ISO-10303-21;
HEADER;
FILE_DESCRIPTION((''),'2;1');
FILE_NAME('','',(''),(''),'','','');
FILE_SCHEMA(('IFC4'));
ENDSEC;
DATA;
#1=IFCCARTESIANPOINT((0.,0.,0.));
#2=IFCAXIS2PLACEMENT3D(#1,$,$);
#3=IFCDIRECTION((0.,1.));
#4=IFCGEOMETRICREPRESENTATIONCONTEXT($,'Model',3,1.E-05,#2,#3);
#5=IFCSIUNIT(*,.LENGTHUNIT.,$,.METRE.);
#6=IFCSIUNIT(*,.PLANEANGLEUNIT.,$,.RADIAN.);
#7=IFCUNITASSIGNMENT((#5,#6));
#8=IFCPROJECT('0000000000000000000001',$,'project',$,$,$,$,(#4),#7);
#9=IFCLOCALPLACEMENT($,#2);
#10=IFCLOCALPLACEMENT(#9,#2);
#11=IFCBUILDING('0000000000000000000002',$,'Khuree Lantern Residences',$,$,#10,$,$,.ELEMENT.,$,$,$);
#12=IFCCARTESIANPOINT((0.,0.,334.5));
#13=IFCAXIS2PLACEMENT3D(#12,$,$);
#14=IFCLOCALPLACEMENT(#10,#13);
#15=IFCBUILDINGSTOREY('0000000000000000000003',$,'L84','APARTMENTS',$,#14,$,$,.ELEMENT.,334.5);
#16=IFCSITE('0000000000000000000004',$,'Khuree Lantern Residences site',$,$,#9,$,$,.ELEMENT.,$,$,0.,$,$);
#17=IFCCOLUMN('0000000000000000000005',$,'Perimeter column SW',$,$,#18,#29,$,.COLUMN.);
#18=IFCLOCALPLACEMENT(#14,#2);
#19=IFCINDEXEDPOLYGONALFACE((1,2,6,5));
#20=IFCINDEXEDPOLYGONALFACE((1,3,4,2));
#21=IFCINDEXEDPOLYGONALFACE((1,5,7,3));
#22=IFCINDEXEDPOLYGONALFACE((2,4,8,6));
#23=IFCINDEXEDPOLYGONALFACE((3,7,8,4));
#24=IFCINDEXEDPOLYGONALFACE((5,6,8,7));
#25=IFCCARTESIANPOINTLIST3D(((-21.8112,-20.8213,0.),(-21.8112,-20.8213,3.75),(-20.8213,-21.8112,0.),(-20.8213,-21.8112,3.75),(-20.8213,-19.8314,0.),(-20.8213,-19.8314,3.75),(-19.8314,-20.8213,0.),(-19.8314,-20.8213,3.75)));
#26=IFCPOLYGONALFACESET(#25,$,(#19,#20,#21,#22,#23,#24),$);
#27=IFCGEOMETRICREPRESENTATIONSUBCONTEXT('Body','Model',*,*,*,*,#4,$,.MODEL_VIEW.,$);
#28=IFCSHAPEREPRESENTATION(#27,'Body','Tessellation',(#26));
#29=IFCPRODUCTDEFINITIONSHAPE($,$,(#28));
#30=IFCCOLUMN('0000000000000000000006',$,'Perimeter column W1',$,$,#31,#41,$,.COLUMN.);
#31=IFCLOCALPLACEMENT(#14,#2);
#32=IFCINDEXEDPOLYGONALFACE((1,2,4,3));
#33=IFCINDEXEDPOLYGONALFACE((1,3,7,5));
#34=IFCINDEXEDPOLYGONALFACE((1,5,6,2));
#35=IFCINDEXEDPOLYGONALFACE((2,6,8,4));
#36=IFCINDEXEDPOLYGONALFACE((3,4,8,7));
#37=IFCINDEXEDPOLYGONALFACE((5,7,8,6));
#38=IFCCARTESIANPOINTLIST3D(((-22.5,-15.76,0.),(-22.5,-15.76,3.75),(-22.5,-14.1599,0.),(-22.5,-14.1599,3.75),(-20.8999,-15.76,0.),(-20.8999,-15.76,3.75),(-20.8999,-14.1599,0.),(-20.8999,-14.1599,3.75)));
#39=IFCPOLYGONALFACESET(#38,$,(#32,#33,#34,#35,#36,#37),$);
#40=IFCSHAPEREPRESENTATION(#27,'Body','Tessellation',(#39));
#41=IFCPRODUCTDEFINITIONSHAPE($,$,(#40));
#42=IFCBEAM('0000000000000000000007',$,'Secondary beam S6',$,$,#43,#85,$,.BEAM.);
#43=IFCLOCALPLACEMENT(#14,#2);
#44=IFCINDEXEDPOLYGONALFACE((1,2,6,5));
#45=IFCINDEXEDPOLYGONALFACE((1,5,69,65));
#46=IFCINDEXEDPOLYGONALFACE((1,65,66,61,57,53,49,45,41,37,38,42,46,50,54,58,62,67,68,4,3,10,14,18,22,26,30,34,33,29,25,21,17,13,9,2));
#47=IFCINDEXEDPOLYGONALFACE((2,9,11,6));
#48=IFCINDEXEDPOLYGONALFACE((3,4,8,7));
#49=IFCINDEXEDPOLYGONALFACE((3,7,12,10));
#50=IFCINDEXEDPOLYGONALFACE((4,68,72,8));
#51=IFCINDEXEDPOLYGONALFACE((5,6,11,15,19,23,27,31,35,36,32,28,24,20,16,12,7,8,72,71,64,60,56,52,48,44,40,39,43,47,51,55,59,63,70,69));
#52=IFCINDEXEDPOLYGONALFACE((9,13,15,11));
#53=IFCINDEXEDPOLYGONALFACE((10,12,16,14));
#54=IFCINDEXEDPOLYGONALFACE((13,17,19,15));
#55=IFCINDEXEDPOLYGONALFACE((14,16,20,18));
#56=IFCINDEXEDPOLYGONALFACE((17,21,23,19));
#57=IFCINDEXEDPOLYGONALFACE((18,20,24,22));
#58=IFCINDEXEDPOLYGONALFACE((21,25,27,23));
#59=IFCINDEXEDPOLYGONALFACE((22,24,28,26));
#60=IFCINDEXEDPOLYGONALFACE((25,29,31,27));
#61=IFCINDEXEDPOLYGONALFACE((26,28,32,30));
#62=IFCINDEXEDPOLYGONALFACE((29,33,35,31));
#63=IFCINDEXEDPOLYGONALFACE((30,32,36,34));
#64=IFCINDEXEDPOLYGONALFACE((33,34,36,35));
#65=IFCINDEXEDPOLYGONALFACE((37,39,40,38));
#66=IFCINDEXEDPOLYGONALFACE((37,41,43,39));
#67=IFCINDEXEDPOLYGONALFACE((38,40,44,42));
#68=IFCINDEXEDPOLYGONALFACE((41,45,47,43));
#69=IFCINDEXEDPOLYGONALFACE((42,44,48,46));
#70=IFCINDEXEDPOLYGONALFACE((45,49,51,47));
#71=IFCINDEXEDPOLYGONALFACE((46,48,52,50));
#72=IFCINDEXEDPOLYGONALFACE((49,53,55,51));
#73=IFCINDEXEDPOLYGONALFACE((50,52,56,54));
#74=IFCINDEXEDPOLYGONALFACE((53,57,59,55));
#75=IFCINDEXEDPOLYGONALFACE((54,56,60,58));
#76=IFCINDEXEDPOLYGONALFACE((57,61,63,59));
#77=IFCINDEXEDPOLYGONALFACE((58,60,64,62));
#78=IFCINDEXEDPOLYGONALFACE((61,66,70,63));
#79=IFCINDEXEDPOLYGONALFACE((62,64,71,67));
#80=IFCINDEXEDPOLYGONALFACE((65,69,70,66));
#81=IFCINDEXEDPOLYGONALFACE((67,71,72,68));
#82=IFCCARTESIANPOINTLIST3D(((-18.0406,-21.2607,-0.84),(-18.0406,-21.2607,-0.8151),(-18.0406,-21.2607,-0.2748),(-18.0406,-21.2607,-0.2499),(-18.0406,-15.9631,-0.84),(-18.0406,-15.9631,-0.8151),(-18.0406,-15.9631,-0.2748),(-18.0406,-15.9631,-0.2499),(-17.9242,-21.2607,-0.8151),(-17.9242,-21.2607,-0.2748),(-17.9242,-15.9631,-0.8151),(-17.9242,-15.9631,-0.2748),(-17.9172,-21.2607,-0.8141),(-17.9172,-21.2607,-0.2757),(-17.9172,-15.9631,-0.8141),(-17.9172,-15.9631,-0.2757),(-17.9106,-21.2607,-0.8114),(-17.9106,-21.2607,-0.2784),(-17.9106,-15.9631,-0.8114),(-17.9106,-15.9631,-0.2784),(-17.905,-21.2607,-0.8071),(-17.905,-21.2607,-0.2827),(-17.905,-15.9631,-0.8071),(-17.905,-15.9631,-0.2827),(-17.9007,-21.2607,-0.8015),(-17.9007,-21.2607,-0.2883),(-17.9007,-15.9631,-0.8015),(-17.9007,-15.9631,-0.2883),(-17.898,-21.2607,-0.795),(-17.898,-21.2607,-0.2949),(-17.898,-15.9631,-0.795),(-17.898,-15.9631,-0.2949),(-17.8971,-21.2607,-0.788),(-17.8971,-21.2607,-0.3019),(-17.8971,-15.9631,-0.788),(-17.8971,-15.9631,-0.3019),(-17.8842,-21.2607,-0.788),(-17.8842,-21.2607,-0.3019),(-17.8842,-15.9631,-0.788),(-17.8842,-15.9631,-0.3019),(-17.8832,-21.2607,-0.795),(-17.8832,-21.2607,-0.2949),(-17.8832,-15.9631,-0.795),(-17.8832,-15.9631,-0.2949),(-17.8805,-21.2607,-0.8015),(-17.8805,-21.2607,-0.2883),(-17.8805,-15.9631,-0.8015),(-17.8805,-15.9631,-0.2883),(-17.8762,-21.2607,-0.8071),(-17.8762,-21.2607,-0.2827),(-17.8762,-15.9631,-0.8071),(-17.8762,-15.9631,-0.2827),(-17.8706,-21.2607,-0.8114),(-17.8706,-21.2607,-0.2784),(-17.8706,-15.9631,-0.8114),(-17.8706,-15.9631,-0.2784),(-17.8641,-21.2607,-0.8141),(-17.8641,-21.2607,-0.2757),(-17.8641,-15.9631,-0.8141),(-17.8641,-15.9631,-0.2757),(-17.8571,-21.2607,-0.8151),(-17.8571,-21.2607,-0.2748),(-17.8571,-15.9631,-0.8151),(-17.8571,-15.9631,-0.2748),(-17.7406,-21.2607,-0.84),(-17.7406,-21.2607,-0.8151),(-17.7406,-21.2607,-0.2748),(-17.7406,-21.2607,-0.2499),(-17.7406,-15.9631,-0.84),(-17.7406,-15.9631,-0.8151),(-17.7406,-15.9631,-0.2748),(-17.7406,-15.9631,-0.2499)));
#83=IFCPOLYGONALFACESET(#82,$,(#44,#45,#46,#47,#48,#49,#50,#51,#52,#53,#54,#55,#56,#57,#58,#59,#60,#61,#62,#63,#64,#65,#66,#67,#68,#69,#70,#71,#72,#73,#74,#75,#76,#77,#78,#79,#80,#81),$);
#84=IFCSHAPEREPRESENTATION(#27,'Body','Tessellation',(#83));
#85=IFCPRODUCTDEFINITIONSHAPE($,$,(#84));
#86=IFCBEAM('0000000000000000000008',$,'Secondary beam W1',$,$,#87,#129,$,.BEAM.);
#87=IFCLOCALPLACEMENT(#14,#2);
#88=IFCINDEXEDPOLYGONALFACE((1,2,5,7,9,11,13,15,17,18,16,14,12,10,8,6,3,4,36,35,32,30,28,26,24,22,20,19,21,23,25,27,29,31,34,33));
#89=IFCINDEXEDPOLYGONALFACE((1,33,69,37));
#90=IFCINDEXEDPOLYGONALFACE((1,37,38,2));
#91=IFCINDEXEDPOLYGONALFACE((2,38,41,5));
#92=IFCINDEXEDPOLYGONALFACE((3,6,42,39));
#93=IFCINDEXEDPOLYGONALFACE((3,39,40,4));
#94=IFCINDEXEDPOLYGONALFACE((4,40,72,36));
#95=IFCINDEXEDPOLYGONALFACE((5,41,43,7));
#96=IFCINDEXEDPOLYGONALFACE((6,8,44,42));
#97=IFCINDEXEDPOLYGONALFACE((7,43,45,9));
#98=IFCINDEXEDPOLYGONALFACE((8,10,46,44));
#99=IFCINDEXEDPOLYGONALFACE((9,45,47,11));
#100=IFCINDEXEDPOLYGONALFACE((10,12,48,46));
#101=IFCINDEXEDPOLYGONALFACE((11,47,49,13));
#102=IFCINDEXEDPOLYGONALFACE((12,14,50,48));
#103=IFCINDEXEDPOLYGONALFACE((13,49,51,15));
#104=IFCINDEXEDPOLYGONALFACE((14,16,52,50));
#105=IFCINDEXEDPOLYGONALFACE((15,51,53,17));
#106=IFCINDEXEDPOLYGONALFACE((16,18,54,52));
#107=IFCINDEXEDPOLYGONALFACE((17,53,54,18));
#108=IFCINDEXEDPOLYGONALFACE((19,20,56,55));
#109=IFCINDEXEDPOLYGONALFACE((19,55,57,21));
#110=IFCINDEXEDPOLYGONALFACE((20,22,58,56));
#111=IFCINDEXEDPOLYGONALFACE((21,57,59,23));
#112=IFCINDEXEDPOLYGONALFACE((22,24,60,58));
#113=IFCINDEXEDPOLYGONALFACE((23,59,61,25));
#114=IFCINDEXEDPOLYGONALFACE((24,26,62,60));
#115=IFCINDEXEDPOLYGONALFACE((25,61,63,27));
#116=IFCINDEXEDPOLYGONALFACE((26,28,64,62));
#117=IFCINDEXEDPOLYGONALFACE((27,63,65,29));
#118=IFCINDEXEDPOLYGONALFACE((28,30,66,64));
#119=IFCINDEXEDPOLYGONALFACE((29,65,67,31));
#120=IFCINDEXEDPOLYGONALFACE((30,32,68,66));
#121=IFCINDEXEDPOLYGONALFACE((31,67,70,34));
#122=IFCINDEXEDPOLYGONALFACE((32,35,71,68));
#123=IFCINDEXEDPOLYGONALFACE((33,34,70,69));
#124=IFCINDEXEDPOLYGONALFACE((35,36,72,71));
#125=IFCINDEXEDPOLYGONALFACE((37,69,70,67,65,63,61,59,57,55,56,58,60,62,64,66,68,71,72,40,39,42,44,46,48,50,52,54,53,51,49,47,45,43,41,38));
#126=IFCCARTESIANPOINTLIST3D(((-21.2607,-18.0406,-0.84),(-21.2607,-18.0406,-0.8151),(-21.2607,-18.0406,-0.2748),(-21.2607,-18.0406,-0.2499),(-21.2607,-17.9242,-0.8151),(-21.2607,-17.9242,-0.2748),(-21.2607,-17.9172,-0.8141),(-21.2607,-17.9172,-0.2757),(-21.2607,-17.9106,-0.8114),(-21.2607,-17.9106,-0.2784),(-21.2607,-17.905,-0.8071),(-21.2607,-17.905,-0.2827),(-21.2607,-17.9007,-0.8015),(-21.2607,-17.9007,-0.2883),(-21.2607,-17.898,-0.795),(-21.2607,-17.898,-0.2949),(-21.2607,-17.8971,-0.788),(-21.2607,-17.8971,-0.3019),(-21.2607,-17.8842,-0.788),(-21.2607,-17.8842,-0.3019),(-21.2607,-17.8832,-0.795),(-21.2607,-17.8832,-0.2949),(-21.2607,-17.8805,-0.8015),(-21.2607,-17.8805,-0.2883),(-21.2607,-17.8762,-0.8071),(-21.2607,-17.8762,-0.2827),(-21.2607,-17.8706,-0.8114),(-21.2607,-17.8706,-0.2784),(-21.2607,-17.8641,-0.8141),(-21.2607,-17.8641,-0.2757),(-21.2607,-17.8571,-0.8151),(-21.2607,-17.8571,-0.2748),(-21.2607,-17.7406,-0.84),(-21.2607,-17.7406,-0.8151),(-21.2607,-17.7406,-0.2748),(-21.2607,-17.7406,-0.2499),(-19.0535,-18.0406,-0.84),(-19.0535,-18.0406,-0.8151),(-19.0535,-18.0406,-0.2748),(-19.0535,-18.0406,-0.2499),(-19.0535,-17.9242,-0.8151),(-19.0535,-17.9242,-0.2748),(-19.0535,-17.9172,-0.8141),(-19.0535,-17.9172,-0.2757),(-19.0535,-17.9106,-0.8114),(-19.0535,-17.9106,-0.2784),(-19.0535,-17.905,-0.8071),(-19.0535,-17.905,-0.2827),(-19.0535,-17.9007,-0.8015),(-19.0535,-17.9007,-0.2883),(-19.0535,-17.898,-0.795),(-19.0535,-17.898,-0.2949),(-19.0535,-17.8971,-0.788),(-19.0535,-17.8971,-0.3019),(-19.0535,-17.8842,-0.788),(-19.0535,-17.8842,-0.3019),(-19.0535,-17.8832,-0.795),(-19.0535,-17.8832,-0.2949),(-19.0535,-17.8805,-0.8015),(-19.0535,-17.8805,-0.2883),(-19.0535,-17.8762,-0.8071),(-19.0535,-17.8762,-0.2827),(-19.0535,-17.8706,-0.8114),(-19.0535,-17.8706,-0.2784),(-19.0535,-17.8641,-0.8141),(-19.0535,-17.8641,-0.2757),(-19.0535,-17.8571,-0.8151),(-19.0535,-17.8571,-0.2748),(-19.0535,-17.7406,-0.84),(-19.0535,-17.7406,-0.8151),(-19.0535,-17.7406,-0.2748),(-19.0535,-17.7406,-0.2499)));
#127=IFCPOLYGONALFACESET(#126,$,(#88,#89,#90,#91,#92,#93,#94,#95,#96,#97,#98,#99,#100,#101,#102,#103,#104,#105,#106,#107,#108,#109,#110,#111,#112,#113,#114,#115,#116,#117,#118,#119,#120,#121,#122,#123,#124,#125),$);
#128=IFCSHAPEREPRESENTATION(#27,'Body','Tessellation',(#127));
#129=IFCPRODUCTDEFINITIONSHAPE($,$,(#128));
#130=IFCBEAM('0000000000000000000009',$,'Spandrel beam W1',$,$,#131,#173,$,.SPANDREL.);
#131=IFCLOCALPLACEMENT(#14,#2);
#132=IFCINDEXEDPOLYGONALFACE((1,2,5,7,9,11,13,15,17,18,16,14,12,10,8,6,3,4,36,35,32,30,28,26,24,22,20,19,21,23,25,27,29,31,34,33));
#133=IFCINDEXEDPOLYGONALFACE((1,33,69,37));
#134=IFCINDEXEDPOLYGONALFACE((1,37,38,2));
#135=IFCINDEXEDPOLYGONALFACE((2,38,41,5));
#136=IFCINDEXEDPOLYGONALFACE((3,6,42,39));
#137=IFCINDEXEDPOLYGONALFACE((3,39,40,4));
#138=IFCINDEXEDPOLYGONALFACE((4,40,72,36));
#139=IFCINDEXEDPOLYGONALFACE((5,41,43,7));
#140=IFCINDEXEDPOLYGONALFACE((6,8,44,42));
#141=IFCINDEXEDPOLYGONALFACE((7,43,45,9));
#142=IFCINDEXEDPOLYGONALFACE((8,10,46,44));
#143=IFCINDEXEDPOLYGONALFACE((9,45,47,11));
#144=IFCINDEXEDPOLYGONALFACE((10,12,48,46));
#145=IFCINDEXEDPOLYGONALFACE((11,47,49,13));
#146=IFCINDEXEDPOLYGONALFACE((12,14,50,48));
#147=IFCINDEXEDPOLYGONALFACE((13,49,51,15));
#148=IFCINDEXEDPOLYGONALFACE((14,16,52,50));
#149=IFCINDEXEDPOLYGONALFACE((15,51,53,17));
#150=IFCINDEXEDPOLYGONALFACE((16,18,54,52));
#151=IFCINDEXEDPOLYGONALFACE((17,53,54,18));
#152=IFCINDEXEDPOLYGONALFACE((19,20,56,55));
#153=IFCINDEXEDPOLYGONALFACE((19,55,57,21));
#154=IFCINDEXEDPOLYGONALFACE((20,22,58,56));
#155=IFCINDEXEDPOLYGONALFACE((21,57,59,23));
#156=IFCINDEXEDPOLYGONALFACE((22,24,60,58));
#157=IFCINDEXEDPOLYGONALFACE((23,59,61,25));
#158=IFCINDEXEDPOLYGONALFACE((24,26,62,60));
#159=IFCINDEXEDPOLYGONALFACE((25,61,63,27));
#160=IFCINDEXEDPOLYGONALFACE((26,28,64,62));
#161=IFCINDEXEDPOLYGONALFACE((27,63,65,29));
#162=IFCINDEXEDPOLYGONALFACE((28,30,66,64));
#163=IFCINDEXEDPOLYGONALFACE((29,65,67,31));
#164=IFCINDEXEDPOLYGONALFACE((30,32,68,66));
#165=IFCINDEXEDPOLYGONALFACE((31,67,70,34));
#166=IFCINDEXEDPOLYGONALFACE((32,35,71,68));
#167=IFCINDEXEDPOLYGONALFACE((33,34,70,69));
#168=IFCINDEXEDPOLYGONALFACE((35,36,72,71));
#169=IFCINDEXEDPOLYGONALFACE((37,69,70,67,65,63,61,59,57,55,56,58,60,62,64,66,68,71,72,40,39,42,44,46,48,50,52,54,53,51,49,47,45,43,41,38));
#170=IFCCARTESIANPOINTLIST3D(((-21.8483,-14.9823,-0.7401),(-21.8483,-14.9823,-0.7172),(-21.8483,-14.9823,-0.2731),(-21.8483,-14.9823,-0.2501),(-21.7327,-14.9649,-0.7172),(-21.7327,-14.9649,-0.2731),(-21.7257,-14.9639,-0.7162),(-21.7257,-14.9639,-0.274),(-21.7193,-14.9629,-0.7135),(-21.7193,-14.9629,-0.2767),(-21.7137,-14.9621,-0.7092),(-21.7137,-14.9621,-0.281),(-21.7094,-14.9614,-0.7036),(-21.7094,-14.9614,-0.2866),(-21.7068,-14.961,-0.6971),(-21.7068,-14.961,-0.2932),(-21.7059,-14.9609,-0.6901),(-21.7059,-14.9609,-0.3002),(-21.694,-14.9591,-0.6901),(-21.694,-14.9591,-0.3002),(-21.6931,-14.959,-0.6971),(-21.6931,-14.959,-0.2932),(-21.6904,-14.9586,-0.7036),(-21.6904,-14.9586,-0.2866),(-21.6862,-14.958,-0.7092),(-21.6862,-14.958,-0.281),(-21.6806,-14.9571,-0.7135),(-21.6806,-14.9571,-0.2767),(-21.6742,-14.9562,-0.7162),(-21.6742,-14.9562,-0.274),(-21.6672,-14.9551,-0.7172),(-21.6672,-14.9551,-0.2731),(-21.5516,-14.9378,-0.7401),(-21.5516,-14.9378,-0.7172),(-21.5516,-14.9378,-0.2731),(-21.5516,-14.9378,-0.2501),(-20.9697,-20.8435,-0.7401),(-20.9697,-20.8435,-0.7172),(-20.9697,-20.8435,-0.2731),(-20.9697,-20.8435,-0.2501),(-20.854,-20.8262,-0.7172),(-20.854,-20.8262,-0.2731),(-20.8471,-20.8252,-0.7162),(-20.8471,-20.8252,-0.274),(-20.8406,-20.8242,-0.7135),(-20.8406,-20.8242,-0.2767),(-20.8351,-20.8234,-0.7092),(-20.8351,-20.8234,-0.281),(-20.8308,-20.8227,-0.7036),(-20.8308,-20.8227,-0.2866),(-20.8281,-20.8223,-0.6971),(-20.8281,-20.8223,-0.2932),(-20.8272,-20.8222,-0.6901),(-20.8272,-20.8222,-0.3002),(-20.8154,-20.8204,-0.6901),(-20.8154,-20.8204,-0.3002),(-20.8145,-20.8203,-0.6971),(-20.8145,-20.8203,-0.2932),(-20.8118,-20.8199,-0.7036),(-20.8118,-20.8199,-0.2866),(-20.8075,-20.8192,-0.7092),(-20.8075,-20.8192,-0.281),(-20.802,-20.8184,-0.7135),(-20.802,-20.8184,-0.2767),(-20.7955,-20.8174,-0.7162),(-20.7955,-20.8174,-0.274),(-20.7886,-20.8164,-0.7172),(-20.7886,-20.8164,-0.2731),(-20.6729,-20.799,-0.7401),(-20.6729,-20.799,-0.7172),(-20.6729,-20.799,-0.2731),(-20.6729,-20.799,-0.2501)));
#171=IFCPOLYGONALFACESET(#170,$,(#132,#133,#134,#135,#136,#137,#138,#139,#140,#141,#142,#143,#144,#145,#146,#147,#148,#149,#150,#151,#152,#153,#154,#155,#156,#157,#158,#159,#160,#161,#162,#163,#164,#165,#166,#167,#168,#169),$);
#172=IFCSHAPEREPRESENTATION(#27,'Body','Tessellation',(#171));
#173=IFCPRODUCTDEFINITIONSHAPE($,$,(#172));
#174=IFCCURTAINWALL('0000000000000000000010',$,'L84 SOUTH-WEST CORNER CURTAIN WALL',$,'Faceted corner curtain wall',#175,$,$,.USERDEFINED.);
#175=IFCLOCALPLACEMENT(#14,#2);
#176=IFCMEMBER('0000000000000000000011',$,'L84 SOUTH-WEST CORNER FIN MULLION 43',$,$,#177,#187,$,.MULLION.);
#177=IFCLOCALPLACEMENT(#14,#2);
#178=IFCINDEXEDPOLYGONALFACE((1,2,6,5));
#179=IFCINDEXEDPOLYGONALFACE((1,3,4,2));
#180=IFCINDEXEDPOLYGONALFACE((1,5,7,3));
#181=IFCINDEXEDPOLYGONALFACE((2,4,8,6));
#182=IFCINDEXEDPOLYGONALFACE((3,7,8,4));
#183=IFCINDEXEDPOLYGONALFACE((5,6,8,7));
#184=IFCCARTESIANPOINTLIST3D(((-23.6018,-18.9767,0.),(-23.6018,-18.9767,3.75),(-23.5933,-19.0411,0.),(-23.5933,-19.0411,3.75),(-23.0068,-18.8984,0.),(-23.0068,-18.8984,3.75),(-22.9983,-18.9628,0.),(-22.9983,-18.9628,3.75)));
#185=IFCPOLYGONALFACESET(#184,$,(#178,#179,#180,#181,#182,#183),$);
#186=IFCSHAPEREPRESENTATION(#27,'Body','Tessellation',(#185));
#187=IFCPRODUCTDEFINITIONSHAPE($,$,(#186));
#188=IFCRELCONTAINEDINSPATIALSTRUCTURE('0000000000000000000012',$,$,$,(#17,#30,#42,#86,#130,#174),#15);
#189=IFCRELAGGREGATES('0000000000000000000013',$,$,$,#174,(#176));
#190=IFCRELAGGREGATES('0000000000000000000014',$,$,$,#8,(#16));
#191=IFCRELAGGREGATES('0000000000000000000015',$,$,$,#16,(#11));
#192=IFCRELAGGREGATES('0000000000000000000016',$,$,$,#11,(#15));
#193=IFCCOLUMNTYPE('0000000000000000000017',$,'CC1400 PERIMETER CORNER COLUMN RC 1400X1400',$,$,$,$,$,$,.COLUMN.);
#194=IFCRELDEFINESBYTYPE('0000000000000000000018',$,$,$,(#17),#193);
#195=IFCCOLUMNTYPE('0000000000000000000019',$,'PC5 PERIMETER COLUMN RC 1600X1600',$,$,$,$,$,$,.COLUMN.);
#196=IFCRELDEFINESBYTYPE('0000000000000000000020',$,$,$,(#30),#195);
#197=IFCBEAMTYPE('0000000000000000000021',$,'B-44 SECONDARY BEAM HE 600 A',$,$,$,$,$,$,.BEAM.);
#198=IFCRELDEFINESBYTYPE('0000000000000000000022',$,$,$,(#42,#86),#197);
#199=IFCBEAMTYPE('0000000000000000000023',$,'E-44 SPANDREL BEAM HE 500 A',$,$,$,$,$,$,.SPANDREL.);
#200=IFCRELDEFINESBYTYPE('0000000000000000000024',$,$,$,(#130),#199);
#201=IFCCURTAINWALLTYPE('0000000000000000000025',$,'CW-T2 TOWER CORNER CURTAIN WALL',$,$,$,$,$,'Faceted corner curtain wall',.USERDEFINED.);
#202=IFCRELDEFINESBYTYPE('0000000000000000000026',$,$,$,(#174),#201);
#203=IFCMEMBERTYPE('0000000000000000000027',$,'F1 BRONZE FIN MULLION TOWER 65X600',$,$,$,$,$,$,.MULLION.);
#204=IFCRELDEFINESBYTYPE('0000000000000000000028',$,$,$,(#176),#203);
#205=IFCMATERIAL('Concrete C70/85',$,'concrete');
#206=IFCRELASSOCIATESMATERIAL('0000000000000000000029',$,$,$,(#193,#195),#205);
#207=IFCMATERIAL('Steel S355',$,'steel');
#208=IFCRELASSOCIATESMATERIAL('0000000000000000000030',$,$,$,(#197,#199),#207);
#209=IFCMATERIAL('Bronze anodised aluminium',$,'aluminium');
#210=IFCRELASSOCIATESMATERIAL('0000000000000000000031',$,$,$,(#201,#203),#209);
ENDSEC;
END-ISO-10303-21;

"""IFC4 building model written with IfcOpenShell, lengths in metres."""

from ifc_helpers import new_model, si_unit, direction, frame, origin, origin_2d, place, context, subcontext, project, spatial, rectangle, i_section, extrude, material, material_profile, profile_set, type_object, element, aggregate, save


model = new_model("IFC4")

# Units and contexts
model_context = context("Model", 3, precision=1e-05, world=origin(), true_north=direction((0.0, 1.0)))
body_context = subcontext(model_context, "Body", "Model", "MODEL_VIEW")
ifc_project = project(units=[si_unit("LENGTHUNIT", "METRE"), si_unit("PLANEANGLEUNIT", "RADIAN")], contexts=[model_context])

# Site, building, storey
site_placement = place(None, origin())
site = spatial("IfcSite", under=ifc_project, at=site_placement, Name="Khuree Lantern Residences site", CompositionType="ELEMENT", RefElevation=0.0)
building_placement = place(site_placement, origin())
building = spatial("IfcBuilding", under=site, at=building_placement, Name="Khuree Lantern Residences", CompositionType="ELEMENT")
storey_placement = place(building_placement, frame((0.0, 0.0, 334.5)))
storey = spatial("IfcBuildingStorey", under=building, at=storey_placement, Name="L84", Description="APARTMENTS", CompositionType="ELEMENT", Elevation=334.5)

# Columns
ifc_material_1 = material(Name="Concrete C70/85", Category="concrete")
ifc_material_profile_1 = material_profile(ifc_material_1, rectangle(XDim=1.3999, YDim=1.3999, at=origin_2d()), Name="RC 1400X1400")
ifc_profile_set_1 = profile_set([ifc_material_profile_1], Name="Concrete C70/85")
column_type_1 = type_object("IfcColumnType", Name="CC1400 PERIMETER CORNER COLUMN RC 1400X1400", PredefinedType="COLUMN", material=ifc_profile_set_1)
column_1_placement = place(storey_placement, frame((-20.8213, -20.8213, 0.0), z_axis=(0.0, 0.0, 1.0), x_axis=(0.707107, -0.707107, 0.0)))
element("IfcColumn", 1, at=column_1_placement, inside=storey, type_object=column_type_1, Name="Perimeter column SW", PredefinedType="COLUMN", context=body_context, shape_type="SweptSolid", body=[
    extrude(rectangle(XDim=1.3999, YDim=1.3999, at=origin_2d()), origin(), (0.0, 0.0, 1.0), 3.75),
])
ifc_material_profile_2 = material_profile(ifc_material_1, rectangle(XDim=1.6001, YDim=1.6001, at=origin_2d()), Name="RC 1600X1600")
ifc_profile_set_2 = profile_set([ifc_material_profile_2], Name="Concrete C70/85")
column_type_2 = type_object("IfcColumnType", Name="PC5 PERIMETER COLUMN RC 1600X1600", PredefinedType="COLUMN", material=ifc_profile_set_2)
column_2_placement = place(storey_placement, frame((-21.7, -14.96, 0.0), z_axis=(0.0, 0.0, 1.0), x_axis=(0.0, 1.0, 0.0)))
element("IfcColumn", 2, at=column_2_placement, inside=storey, type_object=column_type_2, Name="Perimeter column W1", PredefinedType="COLUMN", context=body_context, shape_type="SweptSolid", body=[
    extrude(rectangle(XDim=1.6001, YDim=1.6001, at=origin_2d()), origin(), (0.0, 0.0, 1.0), 3.75),
])

# Beams
ifc_material_2 = material(Name="Steel S355", Category="steel")
ifc_material_profile_3 = material_profile(ifc_material_2, i_section(OverallWidth=0.3, OverallDepth=0.5901, WebThickness=0.0129, FlangeThickness=0.0249, FilletRadius=0.0271, at=origin_2d()), Name="HE 600 A")
ifc_profile_set_3 = profile_set([ifc_material_profile_3], Name="Steel S355")
beam_type_1 = type_object("IfcBeamType", Name="B-44 SECONDARY BEAM HE 600 A", PredefinedType="BEAM", material=ifc_profile_set_3)
beam_1_placement = place(storey_placement, frame((-17.8906, -21.2607, -0.5449), z_axis=(0.0, 1.0, 0.0), x_axis=(-1.0, 0.0, 0.0)))
element("IfcBeam", 3, at=beam_1_placement, inside=storey, type_object=beam_type_1, Name="Secondary beam S6", PredefinedType="BEAM", context=body_context, shape_type="SweptSolid", body=[
    extrude(i_section(OverallWidth=0.3, OverallDepth=0.5901, WebThickness=0.0129, FlangeThickness=0.0249, FilletRadius=0.0271, at=origin_2d()), origin(), (0.0, 0.0, 1.0), 5.2976),
])
beam_2_placement = place(storey_placement, frame((-21.2607, -17.8906, -0.5449), z_axis=(1.0, 0.0, 0.0), x_axis=(0.0, 1.0, 0.0)))
element("IfcBeam", 4, at=beam_2_placement, inside=storey, type_object=beam_type_1, Name="Secondary beam W1", PredefinedType="BEAM", context=body_context, shape_type="SweptSolid", body=[
    extrude(i_section(OverallWidth=0.3, OverallDepth=0.5901, WebThickness=0.0129, FlangeThickness=0.0249, FilletRadius=0.0271, at=origin_2d()), origin(), (0.0, 0.0, 1.0), 2.2073),
])
ifc_material_profile_4 = material_profile(ifc_material_2, i_section(OverallWidth=0.3, OverallDepth=0.49, WebThickness=0.012, FlangeThickness=0.0229, FilletRadius=0.0271, at=origin_2d()), Name="HE 500 A")
ifc_profile_set_4 = profile_set([ifc_material_profile_4], Name="Steel S355")
beam_type_2 = type_object("IfcBeamType", Name="E-44 SPANDREL BEAM HE 500 A", PredefinedType="SPANDREL", material=ifc_profile_set_4)
beam_3_placement = place(storey_placement, frame((-20.8213, -20.8213, -0.4951), z_axis=(-0.148252, 0.98895, 0.0), x_axis=(-0.98895, -0.148252, 0.0)))
element("IfcBeam", 5, at=beam_3_placement, inside=storey, type_object=beam_type_2, Name="Spandrel beam W1", PredefinedType="SPANDREL", context=body_context, shape_type="SweptSolid", body=[
    extrude(i_section(OverallWidth=0.3, OverallDepth=0.49, WebThickness=0.012, FlangeThickness=0.0229, FilletRadius=0.0271, at=origin_2d()), origin(), (0.0, 0.0, 1.0), 5.9268),
])

# Curtain wall, member
ifc_material_3 = material(Name="Bronze anodised aluminium", Category="aluminium")
curtain_wall_type_1 = type_object("IfcCurtainWallType", Name="CW-T2 TOWER CORNER CURTAIN WALL", ElementType="Faceted corner curtain wall", PredefinedType="USERDEFINED", material=ifc_material_3)
curtain_wall_1_placement = place(storey_placement, origin())
curtain_wall_1 = element("IfcCurtainWall", 6, at=curtain_wall_1_placement, inside=storey, type_object=curtain_wall_type_1, Name="L84 SOUTH-WEST CORNER CURTAIN WALL", ObjectType="Faceted corner curtain wall", PredefinedType="USERDEFINED")
ifc_material_profile_5 = material_profile(ifc_material_3, rectangle(XDim=0.0649, YDim=0.6001, at=origin_2d()), Name="F1 65X600")
ifc_profile_set_5 = profile_set([ifc_material_profile_5], Name="Bronze anodised aluminium")
member_type_1 = type_object("IfcMemberType", Name="F1 BRONZE FIN MULLION TOWER 65X600", PredefinedType="MULLION", material=ifc_profile_set_5)
member_1_placement = place(storey_placement, frame((-23.3, -18.9697, 0.0), z_axis=(0.0, 0.0, 1.0), x_axis=(0.130526, -0.991445, 0.0)))
member_1 = element("IfcMember", 7, at=member_1_placement, type_object=member_type_1, Name="L84 SOUTH-WEST CORNER FIN MULLION 43", PredefinedType="MULLION", context=body_context, shape_type="SweptSolid", body=[
    extrude(rectangle(XDim=0.0649, YDim=0.6001, at=origin_2d()), origin(), (0.0, 0.0, 1.0), 3.75),
])

aggregate(curtain_wall_1, [member_1])

save(model, "model.ifc")
